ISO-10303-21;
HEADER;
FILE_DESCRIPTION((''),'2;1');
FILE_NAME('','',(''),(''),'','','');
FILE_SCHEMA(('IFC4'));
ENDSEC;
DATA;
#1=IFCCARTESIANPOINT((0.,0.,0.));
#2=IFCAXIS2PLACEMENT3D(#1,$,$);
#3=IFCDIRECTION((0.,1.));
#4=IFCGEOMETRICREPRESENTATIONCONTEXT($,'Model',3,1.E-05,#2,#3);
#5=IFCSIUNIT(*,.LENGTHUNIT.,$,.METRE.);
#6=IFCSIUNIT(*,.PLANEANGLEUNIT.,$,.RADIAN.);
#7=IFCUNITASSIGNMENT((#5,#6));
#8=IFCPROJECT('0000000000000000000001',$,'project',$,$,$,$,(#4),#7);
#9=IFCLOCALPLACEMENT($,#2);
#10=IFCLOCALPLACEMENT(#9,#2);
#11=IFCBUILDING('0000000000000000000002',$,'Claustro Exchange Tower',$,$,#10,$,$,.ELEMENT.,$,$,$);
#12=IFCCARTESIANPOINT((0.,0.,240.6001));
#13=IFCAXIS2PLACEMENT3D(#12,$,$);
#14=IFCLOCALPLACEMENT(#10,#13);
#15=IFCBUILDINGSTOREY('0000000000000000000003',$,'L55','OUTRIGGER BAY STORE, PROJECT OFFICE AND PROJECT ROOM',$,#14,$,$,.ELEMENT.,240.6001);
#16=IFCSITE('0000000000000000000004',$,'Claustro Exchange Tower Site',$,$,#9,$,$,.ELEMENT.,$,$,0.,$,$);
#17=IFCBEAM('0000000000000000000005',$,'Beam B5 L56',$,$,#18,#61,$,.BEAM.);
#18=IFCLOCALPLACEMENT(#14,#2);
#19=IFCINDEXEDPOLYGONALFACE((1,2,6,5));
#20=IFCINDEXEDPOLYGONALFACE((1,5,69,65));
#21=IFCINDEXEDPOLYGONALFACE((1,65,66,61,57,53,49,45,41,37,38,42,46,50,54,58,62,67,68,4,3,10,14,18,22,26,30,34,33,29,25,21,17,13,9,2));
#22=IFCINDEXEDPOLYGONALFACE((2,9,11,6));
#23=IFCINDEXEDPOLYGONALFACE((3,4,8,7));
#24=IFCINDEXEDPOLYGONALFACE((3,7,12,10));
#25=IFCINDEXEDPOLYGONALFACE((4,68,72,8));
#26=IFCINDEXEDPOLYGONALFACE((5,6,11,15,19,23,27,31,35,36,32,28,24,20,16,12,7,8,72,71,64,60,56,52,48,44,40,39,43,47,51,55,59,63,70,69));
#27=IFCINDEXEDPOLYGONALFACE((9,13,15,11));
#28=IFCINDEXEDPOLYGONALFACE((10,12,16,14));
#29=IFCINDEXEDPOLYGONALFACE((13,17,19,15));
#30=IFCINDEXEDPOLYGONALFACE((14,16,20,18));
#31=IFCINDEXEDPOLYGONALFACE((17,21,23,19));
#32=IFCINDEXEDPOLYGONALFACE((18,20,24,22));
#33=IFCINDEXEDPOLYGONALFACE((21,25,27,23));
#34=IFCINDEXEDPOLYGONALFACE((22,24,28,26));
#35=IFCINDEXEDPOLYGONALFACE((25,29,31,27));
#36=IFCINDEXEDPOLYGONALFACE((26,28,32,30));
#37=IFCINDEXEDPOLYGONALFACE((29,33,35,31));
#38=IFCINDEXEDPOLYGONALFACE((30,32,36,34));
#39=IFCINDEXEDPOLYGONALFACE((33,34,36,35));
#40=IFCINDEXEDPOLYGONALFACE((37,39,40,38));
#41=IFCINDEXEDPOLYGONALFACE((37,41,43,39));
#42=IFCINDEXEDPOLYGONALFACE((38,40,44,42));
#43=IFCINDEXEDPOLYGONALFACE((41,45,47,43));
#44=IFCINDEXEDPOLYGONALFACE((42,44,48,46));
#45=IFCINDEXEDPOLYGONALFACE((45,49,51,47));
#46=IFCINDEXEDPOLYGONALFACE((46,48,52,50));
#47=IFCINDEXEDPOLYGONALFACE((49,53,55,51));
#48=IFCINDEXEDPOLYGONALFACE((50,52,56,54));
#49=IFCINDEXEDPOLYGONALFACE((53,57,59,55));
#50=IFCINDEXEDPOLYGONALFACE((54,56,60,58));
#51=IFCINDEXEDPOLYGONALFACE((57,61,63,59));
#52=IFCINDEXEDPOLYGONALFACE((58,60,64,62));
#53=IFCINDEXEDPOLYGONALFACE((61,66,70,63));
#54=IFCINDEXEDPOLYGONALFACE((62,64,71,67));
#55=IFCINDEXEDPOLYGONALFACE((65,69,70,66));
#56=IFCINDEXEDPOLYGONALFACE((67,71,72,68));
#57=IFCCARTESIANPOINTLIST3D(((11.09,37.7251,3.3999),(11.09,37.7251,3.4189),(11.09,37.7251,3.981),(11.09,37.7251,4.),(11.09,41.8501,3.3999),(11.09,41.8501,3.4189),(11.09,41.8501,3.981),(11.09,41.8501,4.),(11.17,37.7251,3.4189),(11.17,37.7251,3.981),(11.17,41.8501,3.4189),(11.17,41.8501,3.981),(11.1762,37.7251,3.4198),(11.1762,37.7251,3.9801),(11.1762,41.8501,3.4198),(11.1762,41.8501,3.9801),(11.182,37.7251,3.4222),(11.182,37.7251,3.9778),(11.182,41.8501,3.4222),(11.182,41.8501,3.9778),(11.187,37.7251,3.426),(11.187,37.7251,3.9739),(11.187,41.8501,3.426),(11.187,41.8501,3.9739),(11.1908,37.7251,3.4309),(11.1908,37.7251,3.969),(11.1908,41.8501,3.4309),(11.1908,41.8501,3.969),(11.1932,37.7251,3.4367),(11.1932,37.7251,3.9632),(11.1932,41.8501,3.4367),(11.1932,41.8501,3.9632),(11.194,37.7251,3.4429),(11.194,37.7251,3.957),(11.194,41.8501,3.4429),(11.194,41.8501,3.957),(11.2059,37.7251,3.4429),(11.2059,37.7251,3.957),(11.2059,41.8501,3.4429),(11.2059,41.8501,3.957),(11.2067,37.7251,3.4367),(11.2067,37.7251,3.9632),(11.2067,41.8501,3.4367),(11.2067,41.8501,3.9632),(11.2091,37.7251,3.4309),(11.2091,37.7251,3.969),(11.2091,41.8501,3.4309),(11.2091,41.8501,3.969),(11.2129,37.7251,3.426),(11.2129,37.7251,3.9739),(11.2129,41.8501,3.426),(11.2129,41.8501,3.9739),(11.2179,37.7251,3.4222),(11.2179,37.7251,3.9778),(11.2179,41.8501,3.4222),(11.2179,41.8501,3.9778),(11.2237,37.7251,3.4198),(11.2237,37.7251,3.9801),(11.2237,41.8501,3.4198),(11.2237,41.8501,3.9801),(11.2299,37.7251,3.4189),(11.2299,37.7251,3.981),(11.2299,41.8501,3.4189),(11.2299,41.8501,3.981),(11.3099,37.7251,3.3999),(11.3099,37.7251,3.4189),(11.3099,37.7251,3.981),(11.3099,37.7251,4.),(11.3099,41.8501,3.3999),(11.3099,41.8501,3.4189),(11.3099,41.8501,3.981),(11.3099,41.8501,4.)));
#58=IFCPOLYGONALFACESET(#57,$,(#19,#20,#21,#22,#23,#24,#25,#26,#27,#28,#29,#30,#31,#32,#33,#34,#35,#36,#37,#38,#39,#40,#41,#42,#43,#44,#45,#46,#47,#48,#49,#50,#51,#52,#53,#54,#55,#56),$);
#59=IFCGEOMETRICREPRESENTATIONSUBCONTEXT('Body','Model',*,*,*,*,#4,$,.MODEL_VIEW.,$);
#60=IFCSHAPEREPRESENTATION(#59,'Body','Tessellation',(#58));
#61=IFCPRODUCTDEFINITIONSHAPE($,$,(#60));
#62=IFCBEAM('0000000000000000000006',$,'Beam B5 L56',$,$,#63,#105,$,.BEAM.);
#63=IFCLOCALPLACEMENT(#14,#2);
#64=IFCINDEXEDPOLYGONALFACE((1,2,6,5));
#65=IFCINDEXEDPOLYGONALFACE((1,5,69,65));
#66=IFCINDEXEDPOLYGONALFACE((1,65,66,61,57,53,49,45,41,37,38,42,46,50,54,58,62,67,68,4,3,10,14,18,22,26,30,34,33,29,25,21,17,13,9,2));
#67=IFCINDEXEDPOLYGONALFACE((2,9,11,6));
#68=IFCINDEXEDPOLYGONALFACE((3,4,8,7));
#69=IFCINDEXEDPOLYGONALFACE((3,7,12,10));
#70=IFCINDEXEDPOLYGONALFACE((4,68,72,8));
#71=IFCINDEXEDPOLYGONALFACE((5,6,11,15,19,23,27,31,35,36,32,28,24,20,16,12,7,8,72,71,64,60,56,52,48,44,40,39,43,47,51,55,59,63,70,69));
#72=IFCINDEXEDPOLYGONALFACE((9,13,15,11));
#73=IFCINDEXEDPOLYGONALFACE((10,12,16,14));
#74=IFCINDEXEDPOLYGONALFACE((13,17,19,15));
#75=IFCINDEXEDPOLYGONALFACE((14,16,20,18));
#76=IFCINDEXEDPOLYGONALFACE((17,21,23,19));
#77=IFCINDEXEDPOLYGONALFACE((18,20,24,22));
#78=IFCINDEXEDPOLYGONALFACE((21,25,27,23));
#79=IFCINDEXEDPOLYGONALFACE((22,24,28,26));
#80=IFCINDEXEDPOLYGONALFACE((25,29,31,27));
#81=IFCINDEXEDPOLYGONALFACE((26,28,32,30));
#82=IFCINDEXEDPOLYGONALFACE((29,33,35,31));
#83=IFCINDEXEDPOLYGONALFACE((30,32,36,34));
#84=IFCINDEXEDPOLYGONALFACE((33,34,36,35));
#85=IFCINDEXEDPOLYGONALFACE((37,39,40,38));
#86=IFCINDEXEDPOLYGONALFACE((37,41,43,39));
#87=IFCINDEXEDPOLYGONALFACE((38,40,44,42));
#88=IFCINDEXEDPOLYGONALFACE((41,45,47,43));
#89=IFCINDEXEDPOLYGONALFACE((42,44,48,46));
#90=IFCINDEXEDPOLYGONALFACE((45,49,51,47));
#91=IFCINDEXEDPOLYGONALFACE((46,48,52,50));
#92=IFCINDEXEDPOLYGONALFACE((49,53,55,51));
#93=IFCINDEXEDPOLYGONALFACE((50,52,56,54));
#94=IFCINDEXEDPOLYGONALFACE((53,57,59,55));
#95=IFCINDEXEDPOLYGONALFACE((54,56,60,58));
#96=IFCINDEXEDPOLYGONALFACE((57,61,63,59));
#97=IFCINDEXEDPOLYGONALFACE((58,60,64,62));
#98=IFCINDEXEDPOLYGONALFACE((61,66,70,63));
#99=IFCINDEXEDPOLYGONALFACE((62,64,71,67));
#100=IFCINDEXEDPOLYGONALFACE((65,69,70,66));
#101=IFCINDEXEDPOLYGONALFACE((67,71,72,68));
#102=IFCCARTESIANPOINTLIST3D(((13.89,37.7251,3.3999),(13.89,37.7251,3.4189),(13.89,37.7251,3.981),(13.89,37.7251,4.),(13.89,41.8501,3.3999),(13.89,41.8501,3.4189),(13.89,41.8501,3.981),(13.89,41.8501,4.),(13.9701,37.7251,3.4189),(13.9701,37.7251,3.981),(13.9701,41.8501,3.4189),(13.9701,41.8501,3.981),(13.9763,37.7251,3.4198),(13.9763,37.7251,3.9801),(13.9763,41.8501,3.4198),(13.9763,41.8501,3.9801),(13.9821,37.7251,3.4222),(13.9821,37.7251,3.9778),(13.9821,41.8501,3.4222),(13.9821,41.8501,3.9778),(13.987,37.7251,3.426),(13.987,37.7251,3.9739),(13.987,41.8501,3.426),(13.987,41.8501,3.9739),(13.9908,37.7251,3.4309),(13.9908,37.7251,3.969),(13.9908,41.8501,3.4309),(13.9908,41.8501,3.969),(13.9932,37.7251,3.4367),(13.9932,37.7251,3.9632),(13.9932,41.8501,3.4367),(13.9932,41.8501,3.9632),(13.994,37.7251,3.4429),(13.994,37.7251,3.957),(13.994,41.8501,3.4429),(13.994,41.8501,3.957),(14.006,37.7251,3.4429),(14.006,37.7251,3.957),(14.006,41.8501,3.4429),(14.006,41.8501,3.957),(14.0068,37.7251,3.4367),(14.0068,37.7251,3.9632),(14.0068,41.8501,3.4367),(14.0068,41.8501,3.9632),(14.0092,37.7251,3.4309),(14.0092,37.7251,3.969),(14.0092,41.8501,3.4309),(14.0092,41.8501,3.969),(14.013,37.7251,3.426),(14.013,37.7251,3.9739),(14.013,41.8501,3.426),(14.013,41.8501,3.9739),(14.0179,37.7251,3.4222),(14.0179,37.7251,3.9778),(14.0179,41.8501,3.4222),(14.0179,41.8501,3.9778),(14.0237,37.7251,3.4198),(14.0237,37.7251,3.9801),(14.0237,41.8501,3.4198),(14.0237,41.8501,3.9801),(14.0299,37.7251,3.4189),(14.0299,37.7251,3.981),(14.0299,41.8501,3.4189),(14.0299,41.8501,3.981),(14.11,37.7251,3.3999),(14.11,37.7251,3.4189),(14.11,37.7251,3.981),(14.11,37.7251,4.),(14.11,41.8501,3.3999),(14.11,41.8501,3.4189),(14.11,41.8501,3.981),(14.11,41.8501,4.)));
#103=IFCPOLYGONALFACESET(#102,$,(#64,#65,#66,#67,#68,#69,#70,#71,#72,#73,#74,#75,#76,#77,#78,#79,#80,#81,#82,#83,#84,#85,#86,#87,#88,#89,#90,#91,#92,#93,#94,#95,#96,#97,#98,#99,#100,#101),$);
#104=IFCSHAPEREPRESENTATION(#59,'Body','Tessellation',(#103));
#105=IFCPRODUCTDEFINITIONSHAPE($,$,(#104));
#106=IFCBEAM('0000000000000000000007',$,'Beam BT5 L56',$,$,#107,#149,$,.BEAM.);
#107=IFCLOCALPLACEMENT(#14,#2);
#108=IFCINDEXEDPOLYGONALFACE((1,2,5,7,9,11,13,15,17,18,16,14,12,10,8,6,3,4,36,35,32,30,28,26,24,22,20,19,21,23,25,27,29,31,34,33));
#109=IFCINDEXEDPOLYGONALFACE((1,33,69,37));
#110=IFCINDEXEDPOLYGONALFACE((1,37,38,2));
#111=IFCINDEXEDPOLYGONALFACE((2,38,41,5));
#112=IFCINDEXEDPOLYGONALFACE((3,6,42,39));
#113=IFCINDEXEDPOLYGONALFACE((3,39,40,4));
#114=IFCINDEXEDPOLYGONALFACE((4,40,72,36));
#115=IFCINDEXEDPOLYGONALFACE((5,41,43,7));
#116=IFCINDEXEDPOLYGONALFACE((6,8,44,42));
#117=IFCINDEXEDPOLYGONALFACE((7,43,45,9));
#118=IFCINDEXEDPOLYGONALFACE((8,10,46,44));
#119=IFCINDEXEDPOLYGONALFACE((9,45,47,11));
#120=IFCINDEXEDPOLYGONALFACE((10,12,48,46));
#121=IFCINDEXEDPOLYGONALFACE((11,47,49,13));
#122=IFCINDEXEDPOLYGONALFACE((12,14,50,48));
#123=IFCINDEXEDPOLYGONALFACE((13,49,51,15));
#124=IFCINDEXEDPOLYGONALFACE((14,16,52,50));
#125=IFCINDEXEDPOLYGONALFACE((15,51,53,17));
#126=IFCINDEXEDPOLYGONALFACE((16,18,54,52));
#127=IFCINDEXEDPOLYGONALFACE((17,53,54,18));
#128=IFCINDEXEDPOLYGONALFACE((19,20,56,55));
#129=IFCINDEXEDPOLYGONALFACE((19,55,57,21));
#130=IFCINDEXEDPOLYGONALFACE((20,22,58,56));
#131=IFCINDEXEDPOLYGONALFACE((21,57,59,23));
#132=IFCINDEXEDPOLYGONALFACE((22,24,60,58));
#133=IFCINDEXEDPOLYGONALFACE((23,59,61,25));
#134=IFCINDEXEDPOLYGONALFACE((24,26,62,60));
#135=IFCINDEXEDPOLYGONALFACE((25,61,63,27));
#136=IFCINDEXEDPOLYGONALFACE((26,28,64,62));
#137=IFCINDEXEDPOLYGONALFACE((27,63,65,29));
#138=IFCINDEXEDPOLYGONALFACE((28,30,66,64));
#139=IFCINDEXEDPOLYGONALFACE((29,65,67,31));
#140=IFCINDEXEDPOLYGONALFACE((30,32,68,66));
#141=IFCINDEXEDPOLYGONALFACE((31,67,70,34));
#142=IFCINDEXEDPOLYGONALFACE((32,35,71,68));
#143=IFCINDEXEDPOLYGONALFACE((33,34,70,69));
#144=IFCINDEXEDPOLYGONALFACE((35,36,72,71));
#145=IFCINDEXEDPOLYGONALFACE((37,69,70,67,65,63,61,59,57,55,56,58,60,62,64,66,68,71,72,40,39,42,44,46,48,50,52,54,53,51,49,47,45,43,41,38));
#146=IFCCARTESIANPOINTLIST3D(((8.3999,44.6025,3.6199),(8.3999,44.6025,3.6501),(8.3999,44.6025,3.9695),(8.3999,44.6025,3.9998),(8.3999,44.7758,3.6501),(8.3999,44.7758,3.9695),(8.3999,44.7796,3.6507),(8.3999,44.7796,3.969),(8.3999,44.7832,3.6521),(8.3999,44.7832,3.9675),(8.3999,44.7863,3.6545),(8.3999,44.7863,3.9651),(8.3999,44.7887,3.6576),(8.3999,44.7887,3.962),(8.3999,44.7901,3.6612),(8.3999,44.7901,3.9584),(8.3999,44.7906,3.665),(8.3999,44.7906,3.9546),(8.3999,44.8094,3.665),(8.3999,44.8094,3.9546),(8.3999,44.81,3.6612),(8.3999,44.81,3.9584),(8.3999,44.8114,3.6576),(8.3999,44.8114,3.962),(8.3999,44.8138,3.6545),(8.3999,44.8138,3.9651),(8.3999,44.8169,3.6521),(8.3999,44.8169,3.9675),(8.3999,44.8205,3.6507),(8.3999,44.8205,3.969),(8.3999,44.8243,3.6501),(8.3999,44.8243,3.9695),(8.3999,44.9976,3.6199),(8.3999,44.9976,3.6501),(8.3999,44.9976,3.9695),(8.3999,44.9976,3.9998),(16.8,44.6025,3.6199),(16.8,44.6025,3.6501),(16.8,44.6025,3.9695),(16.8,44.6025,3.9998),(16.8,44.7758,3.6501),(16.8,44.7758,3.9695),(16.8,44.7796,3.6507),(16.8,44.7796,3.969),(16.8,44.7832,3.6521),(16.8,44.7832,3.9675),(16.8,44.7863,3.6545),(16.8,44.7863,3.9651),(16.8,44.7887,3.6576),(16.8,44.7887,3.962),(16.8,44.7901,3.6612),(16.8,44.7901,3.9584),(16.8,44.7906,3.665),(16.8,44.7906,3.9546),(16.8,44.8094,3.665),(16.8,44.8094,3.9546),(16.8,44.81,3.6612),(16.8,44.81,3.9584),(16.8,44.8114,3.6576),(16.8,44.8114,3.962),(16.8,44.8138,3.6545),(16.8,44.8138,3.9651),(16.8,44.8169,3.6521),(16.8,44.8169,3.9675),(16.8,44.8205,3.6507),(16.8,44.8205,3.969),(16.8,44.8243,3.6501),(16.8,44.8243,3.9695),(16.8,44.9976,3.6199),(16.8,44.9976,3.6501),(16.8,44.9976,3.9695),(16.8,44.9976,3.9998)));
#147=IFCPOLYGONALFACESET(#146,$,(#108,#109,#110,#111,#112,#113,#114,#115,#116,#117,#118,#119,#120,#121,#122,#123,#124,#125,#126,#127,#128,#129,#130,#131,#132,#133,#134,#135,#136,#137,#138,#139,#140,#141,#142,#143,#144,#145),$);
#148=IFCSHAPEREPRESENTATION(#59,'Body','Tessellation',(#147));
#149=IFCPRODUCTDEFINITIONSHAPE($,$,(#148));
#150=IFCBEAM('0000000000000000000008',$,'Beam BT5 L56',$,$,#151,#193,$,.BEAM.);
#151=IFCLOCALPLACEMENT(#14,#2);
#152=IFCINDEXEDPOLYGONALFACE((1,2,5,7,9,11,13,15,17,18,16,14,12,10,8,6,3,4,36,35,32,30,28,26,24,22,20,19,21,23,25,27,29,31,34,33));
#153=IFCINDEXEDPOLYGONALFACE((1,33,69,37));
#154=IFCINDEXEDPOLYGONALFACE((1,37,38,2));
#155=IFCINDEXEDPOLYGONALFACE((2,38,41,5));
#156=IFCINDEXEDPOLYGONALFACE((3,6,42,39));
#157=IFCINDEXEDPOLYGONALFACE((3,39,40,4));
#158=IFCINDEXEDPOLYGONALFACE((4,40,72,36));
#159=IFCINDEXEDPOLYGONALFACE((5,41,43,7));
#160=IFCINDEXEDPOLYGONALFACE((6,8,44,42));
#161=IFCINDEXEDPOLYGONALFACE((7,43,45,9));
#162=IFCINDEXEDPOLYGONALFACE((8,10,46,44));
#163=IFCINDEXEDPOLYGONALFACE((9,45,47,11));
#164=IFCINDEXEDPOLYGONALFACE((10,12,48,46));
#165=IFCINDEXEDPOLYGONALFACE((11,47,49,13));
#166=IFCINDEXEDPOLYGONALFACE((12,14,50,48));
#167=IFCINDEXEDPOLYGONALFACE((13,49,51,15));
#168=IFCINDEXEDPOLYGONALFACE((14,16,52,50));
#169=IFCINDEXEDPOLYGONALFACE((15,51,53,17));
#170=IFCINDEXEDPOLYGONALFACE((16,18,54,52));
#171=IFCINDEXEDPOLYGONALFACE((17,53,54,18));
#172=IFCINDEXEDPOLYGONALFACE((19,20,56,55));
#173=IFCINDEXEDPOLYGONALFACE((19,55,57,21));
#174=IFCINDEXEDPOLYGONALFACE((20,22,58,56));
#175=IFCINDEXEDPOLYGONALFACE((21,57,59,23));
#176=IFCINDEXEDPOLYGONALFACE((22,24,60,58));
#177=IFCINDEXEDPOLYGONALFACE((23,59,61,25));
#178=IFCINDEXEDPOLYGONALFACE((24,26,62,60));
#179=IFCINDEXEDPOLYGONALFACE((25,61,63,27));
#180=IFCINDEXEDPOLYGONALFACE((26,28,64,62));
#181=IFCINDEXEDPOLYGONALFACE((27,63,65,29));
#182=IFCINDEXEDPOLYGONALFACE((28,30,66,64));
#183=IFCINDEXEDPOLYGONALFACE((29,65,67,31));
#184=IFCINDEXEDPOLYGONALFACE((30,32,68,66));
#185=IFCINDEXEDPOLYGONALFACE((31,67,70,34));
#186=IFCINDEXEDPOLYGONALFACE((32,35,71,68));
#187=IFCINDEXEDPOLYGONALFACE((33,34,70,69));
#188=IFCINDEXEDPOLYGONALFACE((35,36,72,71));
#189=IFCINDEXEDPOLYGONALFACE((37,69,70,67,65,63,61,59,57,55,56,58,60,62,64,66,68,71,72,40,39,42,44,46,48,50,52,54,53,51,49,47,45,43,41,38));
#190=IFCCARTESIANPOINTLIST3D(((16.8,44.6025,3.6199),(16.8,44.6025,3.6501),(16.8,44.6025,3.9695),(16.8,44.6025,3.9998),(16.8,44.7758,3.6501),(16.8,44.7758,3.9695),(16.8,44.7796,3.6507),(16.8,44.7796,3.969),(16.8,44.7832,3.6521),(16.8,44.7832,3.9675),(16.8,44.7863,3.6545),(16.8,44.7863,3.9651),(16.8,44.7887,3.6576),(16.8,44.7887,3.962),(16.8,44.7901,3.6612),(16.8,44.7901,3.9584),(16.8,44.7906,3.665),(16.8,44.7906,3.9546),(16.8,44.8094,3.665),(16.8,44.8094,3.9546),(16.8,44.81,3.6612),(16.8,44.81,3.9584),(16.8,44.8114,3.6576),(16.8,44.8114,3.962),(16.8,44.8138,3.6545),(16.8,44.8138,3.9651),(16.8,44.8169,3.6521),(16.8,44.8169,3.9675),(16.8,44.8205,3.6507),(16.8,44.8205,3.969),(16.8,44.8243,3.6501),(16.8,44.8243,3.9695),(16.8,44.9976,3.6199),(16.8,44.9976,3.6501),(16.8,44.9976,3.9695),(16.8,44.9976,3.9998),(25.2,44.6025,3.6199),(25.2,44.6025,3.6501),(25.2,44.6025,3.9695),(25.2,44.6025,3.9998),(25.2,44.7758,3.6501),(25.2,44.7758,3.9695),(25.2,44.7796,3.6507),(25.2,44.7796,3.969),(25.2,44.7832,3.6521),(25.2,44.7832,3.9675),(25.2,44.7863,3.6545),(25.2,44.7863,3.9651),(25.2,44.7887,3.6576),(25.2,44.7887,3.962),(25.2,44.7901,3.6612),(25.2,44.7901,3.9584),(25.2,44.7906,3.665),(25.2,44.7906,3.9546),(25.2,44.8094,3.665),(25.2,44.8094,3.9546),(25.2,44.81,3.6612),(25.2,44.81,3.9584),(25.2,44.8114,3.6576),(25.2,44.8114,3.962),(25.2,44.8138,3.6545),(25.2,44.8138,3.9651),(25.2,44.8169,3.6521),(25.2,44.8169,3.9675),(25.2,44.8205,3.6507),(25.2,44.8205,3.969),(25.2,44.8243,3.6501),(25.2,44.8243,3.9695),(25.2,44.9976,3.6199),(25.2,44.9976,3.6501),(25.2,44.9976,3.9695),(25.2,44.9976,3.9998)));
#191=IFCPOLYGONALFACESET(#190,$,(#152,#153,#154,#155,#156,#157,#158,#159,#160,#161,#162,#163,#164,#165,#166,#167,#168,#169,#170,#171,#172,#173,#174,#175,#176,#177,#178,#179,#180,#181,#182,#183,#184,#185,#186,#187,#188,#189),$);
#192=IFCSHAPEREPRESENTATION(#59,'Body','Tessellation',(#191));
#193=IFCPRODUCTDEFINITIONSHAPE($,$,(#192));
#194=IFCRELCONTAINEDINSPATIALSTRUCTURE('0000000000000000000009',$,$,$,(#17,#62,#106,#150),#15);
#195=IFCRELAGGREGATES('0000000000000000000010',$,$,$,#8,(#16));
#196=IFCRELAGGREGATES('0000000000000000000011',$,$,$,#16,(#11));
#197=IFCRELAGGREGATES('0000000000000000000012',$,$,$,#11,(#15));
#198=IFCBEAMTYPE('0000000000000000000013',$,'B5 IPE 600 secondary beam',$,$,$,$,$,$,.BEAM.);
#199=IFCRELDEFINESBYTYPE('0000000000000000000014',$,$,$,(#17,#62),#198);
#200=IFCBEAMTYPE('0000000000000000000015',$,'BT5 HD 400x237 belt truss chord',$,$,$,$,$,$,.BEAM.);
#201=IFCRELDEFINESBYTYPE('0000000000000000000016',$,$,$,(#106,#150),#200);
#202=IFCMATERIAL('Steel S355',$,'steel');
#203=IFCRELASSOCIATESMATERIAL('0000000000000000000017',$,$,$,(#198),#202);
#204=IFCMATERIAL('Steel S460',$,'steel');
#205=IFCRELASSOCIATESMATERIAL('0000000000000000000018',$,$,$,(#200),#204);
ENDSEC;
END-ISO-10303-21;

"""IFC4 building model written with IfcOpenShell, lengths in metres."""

from ifc_helpers import new_model, si_unit, direction, frame, origin, origin_2d, place, context, subcontext, project, spatial, i_section, extrude, material, material_profile, profile_set, type_object, element, save


model = new_model("IFC4")

# Units and contexts
model_context = context("Model", 3, precision=1e-05, world=origin(), true_north=direction((0.0, 1.0)))
body_context = subcontext(model_context, "Body", "Model", "MODEL_VIEW")
ifc_project = project(units=[si_unit("LENGTHUNIT", "METRE"), si_unit("PLANEANGLEUNIT", "RADIAN")], contexts=[model_context])

# Site, building, storey
site_placement = place(None, origin())
site = spatial("IfcSite", under=ifc_project, at=site_placement, Name="Claustro Exchange Tower Site", CompositionType="ELEMENT", RefElevation=0.0)
building_placement = place(site_placement, origin())
building = spatial("IfcBuilding", under=site, at=building_placement, Name="Claustro Exchange Tower", CompositionType="ELEMENT")
storey_placement = place(building_placement, frame((0.0, 0.0, 240.6001)))
storey = spatial("IfcBuildingStorey", under=building, at=storey_placement, Name="L55", Description="OUTRIGGER BAY STORE, PROJECT OFFICE AND PROJECT ROOM", CompositionType="ELEMENT", Elevation=240.6001)

# Beams
ifc_material_1 = material(Name="Steel S355", Category="steel")
ifc_material_profile_1 = material_profile(ifc_material_1, i_section(OverallWidth=0.22, OverallDepth=0.6001, WebThickness=0.012, FlangeThickness=0.019, FilletRadius=0.0239, at=origin_2d()), Name="IPE 600")
ifc_profile_set_1 = profile_set([ifc_material_profile_1], Name="Steel S355")
beam_type_1 = type_object("IfcBeamType", Name="B5 IPE 600 secondary beam", PredefinedType="BEAM", material=ifc_profile_set_1)
for number, where, z_axis, x_axis, name in (
    (1, (11.2, 37.7251, 3.7), (0.0, 1.0, 0.0), (-1.0, 0.0, 0.0), "Beam B5 L56"),
    (2, (14.0, 37.7251, 3.7), (0.0, 1.0, 0.0), (-1.0, 0.0, 0.0), "Beam B5 L56"),
):
    element("IfcBeam", number, at=place(storey_placement, frame(where, z_axis=z_axis, x_axis=x_axis)), inside=storey, type_object=beam_type_1, Name=name, PredefinedType="BEAM", context=body_context, shape_type="SweptSolid", body=[
        extrude(i_section(OverallWidth=0.22, OverallDepth=0.6001, WebThickness=0.012, FlangeThickness=0.019, FilletRadius=0.0239, at=origin_2d()), origin(), (0.0, 0.0, 1.0), 4.125),
    ])
ifc_material_2 = material(Name="Steel S460", Category="steel")
ifc_material_profile_2 = material_profile(ifc_material_2, i_section(OverallWidth=0.395, OverallDepth=0.3799, WebThickness=0.0188, FlangeThickness=0.0303, FilletRadius=0.0149, at=origin_2d()), Name="HD 400x237")
ifc_profile_set_2 = profile_set([ifc_material_profile_2], Name="Steel S460")
beam_type_2 = type_object("IfcBeamType", Name="BT5 HD 400x237 belt truss chord", PredefinedType="BEAM", material=ifc_profile_set_2)
beam_1_placement = place(storey_placement, frame((8.3999, 44.8, 3.8098), z_axis=(1.0, 0.0, 0.0), x_axis=(0.0, 1.0, 0.0)))
element("IfcBeam", 3, at=beam_1_placement, inside=storey, type_object=beam_type_2, Name="Beam BT5 L56", PredefinedType="BEAM", context=body_context, shape_type="SweptSolid", body=[
    extrude(i_section(OverallWidth=0.395, OverallDepth=0.3799, WebThickness=0.0188, FlangeThickness=0.0303, FilletRadius=0.0149, at=origin_2d()), origin(), (0.0, 0.0, 1.0), 8.4001),
])
beam_2_placement = place(storey_placement, frame((16.8, 44.8, 3.8098), z_axis=(1.0, 0.0, 0.0), x_axis=(0.0, 1.0, 0.0)))
element("IfcBeam", 4, at=beam_2_placement, inside=storey, type_object=beam_type_2, Name="Beam BT5 L56", PredefinedType="BEAM", context=body_context, shape_type="SweptSolid", body=[
    extrude(i_section(OverallWidth=0.395, OverallDepth=0.3799, WebThickness=0.0188, FlangeThickness=0.0303, FilletRadius=0.0149, at=origin_2d()), origin(), (0.0, 0.0, 1.0), 8.3999),
])

save(model, "model.ifc")
